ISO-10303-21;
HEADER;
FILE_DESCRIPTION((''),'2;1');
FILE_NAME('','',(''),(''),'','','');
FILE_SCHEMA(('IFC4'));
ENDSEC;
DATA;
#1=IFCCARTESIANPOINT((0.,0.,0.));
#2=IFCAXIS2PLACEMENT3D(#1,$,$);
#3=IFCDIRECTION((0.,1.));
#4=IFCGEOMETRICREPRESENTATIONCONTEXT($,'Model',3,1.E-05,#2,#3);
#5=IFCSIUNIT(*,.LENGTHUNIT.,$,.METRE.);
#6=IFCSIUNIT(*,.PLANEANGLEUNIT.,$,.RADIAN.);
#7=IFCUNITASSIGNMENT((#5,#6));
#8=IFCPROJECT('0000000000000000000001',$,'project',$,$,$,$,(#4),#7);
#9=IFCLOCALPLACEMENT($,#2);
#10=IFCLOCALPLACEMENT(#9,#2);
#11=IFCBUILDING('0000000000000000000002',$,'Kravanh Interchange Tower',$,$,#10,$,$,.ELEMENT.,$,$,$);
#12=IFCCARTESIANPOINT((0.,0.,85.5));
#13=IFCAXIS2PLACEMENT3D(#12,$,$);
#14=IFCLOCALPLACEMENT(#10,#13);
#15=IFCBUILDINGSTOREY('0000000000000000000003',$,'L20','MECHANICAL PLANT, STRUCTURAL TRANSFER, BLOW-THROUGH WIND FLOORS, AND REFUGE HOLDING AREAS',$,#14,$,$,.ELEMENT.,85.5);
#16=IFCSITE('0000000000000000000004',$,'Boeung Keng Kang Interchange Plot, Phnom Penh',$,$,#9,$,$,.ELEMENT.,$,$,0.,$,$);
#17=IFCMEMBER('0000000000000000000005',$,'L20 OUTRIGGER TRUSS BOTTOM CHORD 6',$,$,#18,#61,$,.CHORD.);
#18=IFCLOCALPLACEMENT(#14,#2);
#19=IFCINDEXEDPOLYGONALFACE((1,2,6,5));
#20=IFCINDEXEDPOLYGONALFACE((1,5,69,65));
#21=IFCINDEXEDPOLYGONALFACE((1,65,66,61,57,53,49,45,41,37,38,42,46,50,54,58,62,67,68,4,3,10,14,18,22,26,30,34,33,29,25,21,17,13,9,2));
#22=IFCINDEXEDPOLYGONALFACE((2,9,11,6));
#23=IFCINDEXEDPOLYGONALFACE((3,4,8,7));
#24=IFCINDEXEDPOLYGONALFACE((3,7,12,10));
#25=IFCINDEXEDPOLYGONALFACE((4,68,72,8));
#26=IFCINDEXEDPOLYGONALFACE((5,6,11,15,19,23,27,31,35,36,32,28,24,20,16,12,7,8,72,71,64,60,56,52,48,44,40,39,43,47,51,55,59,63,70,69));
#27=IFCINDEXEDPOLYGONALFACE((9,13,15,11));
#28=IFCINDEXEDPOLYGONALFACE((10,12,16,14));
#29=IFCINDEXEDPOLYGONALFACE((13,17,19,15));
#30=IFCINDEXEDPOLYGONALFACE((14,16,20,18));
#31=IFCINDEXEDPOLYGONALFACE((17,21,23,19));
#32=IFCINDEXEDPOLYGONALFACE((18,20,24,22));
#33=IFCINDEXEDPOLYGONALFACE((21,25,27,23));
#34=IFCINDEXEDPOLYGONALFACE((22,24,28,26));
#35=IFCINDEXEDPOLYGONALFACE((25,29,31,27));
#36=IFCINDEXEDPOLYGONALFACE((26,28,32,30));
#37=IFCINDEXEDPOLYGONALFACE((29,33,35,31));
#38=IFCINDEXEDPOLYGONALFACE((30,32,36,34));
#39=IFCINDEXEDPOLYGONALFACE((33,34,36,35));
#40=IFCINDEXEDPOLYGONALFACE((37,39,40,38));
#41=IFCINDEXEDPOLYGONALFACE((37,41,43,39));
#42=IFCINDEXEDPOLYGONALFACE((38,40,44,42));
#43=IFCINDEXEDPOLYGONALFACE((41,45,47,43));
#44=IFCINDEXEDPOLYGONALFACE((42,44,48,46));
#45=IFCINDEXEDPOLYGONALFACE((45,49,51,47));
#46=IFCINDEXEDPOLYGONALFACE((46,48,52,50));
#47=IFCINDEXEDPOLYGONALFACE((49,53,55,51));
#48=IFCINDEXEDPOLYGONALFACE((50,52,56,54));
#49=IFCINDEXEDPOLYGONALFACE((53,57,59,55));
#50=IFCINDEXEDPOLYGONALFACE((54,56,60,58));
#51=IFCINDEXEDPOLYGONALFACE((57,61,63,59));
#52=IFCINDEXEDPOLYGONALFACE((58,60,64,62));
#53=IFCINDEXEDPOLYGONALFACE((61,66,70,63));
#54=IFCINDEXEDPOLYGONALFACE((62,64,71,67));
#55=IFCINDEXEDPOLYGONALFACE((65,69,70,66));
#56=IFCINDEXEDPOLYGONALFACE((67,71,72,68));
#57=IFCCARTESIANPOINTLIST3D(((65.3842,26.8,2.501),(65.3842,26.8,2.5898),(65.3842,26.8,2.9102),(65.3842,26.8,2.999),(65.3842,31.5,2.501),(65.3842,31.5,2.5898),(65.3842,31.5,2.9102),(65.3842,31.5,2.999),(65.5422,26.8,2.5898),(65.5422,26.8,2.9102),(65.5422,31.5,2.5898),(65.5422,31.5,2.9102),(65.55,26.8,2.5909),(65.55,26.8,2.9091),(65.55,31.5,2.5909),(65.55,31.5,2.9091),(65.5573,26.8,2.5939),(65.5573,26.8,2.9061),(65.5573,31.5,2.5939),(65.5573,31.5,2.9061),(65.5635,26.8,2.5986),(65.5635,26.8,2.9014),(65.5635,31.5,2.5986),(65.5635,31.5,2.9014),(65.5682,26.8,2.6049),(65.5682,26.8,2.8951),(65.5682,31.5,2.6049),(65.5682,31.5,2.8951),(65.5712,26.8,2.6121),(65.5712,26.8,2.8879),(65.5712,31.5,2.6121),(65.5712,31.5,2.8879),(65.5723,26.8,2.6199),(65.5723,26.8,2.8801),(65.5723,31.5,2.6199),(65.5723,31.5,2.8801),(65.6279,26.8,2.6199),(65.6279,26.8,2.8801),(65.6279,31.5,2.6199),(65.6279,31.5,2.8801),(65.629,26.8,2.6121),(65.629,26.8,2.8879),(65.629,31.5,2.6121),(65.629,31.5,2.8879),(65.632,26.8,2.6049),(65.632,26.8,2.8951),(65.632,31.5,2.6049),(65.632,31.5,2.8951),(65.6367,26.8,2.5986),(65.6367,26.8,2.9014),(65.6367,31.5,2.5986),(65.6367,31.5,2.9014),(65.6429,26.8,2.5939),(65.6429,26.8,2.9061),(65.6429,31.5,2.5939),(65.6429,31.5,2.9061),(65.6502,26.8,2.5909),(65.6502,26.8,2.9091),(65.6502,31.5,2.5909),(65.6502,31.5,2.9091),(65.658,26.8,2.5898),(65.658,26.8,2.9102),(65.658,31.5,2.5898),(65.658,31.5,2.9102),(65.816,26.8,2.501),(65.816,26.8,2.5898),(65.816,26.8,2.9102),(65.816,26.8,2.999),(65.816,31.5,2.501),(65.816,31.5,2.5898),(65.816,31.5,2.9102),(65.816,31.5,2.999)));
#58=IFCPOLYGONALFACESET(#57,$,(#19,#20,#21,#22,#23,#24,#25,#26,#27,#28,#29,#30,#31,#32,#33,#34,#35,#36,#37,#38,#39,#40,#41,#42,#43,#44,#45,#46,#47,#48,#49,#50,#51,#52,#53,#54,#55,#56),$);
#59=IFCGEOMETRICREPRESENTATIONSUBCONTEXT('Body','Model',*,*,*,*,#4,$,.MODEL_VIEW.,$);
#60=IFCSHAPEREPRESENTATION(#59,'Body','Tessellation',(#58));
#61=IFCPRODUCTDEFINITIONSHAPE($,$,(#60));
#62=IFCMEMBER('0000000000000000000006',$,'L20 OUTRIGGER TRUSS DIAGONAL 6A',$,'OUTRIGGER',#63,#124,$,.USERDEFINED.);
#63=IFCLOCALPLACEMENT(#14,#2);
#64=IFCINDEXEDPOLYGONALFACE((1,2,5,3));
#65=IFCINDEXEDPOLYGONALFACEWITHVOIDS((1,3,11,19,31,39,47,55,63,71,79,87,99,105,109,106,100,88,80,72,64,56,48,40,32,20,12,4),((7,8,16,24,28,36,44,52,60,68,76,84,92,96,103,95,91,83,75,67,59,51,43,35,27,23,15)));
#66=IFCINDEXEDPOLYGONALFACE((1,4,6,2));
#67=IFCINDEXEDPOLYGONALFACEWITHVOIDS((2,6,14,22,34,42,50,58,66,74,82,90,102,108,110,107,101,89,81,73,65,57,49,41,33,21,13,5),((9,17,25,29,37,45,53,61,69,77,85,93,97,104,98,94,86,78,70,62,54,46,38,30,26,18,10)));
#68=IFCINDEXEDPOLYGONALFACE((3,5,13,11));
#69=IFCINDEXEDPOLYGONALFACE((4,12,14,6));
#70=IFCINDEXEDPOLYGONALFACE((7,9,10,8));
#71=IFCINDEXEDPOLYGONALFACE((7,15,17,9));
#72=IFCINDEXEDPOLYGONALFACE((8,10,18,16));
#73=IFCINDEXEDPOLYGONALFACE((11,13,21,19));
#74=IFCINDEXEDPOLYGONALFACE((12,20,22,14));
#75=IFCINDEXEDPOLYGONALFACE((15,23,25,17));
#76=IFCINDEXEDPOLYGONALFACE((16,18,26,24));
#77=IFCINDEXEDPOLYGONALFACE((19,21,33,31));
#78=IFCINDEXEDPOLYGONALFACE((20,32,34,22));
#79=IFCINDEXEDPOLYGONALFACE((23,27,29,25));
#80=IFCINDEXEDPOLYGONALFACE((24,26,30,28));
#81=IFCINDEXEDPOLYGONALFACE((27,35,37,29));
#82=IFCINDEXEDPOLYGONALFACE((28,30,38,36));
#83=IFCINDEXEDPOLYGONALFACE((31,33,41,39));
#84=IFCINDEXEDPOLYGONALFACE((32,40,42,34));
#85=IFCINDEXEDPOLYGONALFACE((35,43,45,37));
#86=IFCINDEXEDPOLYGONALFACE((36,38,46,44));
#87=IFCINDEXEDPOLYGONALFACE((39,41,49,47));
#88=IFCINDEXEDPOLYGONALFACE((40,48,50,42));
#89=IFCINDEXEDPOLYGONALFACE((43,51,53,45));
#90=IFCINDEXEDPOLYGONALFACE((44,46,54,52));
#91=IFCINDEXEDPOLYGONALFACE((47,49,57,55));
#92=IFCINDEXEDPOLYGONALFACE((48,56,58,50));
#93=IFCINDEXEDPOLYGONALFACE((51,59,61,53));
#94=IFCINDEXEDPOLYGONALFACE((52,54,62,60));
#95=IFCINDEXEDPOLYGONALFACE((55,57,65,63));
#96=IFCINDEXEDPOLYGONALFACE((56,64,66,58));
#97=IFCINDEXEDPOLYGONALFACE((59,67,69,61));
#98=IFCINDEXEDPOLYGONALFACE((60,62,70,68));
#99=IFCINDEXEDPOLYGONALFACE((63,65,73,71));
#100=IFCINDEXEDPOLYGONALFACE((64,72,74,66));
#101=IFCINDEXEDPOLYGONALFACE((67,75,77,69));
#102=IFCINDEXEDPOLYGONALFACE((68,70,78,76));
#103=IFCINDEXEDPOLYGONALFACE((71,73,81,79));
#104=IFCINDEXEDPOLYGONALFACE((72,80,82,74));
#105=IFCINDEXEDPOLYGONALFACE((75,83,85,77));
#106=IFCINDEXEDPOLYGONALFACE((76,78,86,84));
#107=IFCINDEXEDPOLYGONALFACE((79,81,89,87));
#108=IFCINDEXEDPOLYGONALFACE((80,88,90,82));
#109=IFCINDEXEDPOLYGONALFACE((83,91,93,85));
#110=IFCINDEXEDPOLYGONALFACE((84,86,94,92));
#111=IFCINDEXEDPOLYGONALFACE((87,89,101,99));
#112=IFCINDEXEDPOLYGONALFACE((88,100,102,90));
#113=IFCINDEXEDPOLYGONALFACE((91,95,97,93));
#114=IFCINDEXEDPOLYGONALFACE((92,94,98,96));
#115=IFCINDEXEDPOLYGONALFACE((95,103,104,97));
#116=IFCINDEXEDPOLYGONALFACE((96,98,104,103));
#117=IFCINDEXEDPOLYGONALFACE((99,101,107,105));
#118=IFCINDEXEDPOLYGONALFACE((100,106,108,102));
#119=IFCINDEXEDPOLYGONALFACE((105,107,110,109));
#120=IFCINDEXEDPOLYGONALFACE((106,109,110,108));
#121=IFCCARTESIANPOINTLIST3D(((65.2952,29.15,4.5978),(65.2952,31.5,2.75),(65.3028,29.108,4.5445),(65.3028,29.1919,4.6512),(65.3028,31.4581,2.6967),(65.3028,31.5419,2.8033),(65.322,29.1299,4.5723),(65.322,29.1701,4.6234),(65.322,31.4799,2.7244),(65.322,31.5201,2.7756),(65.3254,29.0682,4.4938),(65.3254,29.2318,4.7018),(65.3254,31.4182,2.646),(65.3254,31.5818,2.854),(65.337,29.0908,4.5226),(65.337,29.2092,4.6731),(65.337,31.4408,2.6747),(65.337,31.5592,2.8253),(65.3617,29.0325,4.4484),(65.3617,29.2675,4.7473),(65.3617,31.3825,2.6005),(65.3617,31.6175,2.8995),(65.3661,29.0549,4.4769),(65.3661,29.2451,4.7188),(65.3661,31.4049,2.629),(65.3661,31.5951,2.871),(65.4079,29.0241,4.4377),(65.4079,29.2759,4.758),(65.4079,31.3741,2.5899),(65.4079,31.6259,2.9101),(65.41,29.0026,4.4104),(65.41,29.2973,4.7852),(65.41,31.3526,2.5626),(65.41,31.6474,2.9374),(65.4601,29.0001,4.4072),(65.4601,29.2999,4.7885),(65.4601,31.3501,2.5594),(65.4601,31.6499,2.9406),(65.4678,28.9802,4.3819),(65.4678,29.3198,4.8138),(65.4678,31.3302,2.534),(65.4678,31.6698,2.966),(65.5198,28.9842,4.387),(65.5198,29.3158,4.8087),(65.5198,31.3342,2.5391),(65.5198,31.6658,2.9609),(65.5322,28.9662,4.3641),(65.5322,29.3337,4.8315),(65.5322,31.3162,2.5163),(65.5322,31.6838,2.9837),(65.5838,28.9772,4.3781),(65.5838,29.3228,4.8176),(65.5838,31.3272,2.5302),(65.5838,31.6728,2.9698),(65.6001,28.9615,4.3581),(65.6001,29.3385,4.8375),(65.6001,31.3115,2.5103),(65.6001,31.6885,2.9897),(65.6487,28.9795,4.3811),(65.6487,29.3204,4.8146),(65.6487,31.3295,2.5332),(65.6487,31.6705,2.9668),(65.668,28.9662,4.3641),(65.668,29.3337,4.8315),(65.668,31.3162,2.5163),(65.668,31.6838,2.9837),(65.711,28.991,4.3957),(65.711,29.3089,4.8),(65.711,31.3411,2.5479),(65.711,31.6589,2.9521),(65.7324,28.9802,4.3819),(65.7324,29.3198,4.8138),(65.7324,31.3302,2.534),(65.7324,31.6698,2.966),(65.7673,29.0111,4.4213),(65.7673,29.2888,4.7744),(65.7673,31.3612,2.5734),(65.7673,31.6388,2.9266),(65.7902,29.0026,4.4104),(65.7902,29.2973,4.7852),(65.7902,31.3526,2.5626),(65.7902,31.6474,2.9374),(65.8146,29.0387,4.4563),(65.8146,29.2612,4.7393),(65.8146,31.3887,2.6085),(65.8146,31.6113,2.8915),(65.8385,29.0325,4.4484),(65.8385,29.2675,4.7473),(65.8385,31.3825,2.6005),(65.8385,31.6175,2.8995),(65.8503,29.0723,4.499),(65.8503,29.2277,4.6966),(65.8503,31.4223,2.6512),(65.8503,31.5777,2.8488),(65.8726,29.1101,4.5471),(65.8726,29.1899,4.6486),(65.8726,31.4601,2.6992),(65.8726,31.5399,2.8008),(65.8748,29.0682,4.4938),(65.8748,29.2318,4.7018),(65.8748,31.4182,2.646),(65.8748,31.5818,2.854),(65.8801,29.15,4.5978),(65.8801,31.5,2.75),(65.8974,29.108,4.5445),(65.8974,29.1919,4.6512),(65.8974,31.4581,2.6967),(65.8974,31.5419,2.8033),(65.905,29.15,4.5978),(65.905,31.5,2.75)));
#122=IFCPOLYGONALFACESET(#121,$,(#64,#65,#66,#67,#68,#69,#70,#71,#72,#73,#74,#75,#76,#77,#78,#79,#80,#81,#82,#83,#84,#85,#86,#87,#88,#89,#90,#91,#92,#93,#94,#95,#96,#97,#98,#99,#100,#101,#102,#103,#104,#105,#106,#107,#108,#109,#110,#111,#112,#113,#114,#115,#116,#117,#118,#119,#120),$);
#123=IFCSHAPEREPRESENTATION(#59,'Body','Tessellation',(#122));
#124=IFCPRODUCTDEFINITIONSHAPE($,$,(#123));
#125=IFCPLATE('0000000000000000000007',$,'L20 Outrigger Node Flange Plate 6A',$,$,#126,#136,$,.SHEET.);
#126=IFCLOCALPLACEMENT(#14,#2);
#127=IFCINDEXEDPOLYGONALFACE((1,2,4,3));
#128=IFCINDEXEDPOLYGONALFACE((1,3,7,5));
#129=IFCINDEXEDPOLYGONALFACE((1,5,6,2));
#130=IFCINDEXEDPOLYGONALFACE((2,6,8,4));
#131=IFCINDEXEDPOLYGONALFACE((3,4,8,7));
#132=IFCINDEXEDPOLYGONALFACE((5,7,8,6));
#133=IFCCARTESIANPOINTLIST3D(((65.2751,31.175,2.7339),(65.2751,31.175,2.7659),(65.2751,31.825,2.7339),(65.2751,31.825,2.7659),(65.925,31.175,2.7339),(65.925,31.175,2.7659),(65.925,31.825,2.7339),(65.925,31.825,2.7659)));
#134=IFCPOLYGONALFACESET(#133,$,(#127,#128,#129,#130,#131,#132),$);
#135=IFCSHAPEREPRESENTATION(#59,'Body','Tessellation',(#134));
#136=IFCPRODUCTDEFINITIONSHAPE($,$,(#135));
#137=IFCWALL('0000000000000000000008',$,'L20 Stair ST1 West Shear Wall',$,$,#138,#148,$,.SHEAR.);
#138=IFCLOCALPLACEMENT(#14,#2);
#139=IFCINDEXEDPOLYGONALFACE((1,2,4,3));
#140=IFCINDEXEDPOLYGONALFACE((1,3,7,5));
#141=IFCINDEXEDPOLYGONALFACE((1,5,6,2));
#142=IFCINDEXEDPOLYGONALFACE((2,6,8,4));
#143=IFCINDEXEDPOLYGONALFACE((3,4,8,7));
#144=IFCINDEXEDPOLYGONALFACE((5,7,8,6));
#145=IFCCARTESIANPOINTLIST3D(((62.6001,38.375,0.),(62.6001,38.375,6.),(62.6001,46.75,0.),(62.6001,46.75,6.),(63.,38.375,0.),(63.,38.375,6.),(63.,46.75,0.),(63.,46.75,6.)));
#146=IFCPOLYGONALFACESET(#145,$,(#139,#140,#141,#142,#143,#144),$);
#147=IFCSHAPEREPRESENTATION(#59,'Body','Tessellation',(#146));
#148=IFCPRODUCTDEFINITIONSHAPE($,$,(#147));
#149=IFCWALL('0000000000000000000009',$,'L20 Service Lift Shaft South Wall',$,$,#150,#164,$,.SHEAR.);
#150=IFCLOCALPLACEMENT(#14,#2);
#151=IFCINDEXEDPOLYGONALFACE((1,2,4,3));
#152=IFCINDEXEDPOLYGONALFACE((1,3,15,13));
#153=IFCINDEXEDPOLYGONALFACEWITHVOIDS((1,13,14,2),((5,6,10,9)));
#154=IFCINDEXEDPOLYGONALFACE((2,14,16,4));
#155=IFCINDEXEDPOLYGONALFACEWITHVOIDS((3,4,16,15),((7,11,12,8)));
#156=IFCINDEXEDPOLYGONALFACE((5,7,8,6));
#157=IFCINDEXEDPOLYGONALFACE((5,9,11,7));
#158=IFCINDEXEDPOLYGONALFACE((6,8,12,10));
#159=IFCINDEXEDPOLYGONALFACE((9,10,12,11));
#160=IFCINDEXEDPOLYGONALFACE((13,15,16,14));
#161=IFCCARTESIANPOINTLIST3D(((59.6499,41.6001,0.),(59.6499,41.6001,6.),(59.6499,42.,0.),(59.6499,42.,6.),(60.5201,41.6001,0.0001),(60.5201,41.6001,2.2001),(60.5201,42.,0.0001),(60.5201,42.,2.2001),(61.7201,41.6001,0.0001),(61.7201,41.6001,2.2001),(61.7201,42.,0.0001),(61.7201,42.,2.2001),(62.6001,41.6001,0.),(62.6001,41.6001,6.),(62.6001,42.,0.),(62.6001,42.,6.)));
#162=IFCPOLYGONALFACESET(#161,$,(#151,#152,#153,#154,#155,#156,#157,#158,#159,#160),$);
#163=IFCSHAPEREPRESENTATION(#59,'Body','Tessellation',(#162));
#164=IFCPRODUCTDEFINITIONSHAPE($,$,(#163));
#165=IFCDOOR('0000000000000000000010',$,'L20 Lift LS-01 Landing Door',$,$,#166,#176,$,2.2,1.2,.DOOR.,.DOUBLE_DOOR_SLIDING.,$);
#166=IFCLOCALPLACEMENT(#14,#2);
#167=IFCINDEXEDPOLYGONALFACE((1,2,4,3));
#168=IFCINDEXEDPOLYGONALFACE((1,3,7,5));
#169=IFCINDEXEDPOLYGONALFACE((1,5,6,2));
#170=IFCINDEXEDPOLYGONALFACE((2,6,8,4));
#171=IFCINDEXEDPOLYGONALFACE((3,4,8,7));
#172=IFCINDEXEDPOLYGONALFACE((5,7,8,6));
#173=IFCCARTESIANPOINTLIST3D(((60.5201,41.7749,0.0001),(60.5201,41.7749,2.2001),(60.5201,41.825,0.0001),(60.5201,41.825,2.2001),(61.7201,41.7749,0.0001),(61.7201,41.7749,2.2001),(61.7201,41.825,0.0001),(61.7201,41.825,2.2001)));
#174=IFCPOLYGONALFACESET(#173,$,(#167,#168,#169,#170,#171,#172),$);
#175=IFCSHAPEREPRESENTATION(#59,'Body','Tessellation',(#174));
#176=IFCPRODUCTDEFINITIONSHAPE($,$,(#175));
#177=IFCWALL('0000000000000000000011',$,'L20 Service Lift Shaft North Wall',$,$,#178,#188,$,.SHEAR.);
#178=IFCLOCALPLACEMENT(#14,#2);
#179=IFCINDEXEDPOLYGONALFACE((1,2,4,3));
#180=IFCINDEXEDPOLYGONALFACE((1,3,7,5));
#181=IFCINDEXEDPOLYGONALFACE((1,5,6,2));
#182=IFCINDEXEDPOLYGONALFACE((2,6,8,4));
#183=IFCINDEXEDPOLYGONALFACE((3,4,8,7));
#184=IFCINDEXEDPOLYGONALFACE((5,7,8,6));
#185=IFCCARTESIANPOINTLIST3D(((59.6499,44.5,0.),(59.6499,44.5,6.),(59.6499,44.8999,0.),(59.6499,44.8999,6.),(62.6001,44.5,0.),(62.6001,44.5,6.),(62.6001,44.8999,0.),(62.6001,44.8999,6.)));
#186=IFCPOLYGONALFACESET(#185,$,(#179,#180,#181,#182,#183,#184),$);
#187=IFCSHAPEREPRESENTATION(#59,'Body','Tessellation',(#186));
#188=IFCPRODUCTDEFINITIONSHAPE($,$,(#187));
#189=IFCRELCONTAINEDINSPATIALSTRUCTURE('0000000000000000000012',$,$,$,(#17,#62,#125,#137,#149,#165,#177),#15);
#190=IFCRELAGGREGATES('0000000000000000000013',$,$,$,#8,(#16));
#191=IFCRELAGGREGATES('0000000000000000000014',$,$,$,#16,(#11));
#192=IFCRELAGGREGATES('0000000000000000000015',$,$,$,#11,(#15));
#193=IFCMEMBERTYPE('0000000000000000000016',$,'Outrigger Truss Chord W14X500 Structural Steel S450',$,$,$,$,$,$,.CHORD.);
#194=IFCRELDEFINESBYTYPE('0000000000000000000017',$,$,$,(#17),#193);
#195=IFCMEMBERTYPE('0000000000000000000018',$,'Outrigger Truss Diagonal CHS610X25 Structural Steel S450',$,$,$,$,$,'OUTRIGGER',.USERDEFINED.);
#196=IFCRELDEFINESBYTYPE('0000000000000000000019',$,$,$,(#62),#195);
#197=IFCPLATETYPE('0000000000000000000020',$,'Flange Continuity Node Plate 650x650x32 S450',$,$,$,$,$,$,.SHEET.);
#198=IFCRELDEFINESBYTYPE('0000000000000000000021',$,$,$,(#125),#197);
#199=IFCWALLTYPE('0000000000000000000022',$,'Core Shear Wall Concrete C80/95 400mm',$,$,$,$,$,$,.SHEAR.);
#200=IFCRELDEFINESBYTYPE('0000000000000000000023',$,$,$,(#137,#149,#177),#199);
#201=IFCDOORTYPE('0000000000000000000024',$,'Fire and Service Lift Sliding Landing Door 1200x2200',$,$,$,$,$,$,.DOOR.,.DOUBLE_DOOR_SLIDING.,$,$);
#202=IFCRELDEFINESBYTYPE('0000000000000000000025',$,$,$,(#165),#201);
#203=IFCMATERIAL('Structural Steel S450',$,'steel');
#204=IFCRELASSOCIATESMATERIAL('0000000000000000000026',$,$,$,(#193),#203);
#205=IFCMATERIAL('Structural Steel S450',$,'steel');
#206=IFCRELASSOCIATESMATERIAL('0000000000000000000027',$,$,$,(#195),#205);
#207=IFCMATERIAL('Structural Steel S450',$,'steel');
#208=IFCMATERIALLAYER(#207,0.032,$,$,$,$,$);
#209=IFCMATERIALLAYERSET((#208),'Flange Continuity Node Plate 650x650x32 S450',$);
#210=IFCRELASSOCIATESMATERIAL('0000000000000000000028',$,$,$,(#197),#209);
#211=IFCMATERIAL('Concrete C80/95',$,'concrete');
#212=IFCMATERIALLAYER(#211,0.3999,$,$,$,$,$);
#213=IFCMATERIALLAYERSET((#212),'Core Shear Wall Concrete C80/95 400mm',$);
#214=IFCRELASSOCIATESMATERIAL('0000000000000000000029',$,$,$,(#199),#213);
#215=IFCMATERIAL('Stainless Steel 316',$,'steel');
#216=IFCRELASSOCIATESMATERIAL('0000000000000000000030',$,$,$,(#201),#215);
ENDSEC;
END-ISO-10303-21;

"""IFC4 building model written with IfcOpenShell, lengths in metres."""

from ifc_helpers import new_model, si_unit, direction, frame, frame_2d, origin, origin_2d, place, context, subcontext, project, spatial, rectangle, hollow_circle, i_section, extrude, material, layer, layer_set, material_profile, profile_set, type_object, element, fill, save


model = new_model("IFC4")

# Units and contexts
model_context = context("Model", 3, precision=1e-05, world=origin(), true_north=direction((0.0, 1.0)))
body_context = subcontext(model_context, "Body", "Model", "MODEL_VIEW")
ifc_project = project(units=[si_unit("LENGTHUNIT", "METRE"), si_unit("PLANEANGLEUNIT", "RADIAN")], contexts=[model_context])

# Site, building, storey
site_placement = place(None, origin())
site = spatial("IfcSite", under=ifc_project, at=site_placement, Name="Boeung Keng Kang Interchange Plot, Phnom Penh", CompositionType="ELEMENT", RefElevation=0.0)
building_placement = place(site_placement, origin())
building = spatial("IfcBuilding", under=site, at=building_placement, Name="Kravanh Interchange Tower", CompositionType="ELEMENT")
storey_placement = place(building_placement, frame((0.0, 0.0, 85.5)))
storey = spatial("IfcBuildingStorey", under=building, at=storey_placement, Name="L20", Description="MECHANICAL PLANT, STRUCTURAL TRANSFER, BLOW-THROUGH WIND FLOORS, AND REFUGE HOLDING AREAS", CompositionType="ELEMENT", Elevation=85.5)

# Members
ifc_material_1 = material(Name="Structural Steel S450", Category="steel")
ifc_material_profile_1 = material_profile(ifc_material_1, i_section(OverallWidth=0.4319, OverallDepth=0.498, WebThickness=0.0557, FlangeThickness=0.0889, FilletRadius=0.03, at=origin_2d()), Name="W14X500")
ifc_profile_set_1 = profile_set([ifc_material_profile_1], Name="Structural Steel S450")
member_type_1 = type_object("IfcMemberType", Name="Outrigger Truss Chord W14X500 Structural Steel S450", PredefinedType="CHORD", material=ifc_profile_set_1)
member_1_placement = place(storey_placement, frame((65.6001, 31.5, 2.75), z_axis=(0.0, -1.0, 0.0), x_axis=(1.0, 0.0, 0.0)))
element("IfcMember", 1, at=member_1_placement, inside=storey, type_object=member_type_1, Name="L20 OUTRIGGER TRUSS BOTTOM CHORD 6", PredefinedType="CHORD", context=body_context, shape_type="SweptSolid", body=[
    extrude(i_section(OverallWidth=0.4319, OverallDepth=0.498, WebThickness=0.0557, FlangeThickness=0.0889, FilletRadius=0.03, at=origin_2d()), origin(), (0.0, 0.0, 1.0), 4.7),
])
ifc_material_2 = material(Name="Structural Steel S450", Category="steel")
ifc_material_profile_2 = material_profile(ifc_material_2, hollow_circle(Radius=0.3049, WallThickness=0.0249, at=origin_2d()), Name="CHS610X25")
ifc_profile_set_2 = profile_set([ifc_material_profile_2], Name="Structural Steel S450")
member_type_2 = type_object("IfcMemberType", Name="Outrigger Truss Diagonal CHS610X25 Structural Steel S450", ElementType="OUTRIGGER", PredefinedType="USERDEFINED", material=ifc_profile_set_2)
member_2_placement = place(storey_placement, frame((65.6001, 31.5, 2.75), z_axis=(0.0, -0.786092, 0.61811), x_axis=(1.0, 0.0, 0.0)))
element("IfcMember", 2, at=member_2_placement, inside=storey, type_object=member_type_2, Name="L20 OUTRIGGER TRUSS DIAGONAL 6A", ObjectType="OUTRIGGER", PredefinedType="USERDEFINED", context=body_context, shape_type="SweptSolid", body=[
    extrude(hollow_circle(Radius=0.3049, WallThickness=0.0249, at=origin_2d()), origin(), (0.0, 0.0, 1.0), 2.9895),
])

# Plate
ifc_material_3 = material(Name="Structural Steel S450", Category="steel")
ifc_layer_1 = layer(ifc_material_3, 0.032)
ifc_layer_set_1 = layer_set([ifc_layer_1], Name="Flange Continuity Node Plate 650x650x32 S450")
plate_type = type_object("IfcPlateType", Name="Flange Continuity Node Plate 650x650x32 S450", PredefinedType="SHEET", material=ifc_layer_set_1)
plate_placement = place(storey_placement, frame((65.6001, 31.5, 2.7339), z_axis=(0.0, 0.0, 1.0), x_axis=(1.0, 0.0, 0.0)))
element("IfcPlate", 3, at=plate_placement, inside=storey, type_object=plate_type, Name="L20 Outrigger Node Flange Plate 6A", PredefinedType="SHEET", context=body_context, shape_type="SweptSolid", body=[
    extrude(rectangle(XDim=0.6499, YDim=0.6499, at=origin_2d()), origin(), (0.0, 0.0, 1.0), 0.032),
])

# Wall
ifc_material_4 = material(Name="Concrete C80/95", Category="concrete")
ifc_layer_2 = layer(ifc_material_4, 0.3999)
ifc_layer_set_2 = layer_set([ifc_layer_2], Name="Core Shear Wall Concrete C80/95 400mm")
wall_type_1 = type_object("IfcWallType", Name="Core Shear Wall Concrete C80/95 400mm", PredefinedType="SHEAR", material=ifc_layer_set_2)
wall_1_placement = place(storey_placement, frame((62.8, 38.375, 0.0), z_axis=(0.0, 0.0, 1.0), x_axis=(0.0, 1.0, 0.0)))
element("IfcWall", 4, at=wall_1_placement, inside=storey, type_object=wall_type_1, Name="L20 Stair ST1 West Shear Wall", PredefinedType="SHEAR", context=body_context, shape_type="SweptSolid", body=[
    extrude(rectangle(XDim=8.375, YDim=0.3999, at=frame_2d((4.1875, 0.0))), origin(), (0.0, 0.0, 1.0), 6.0),
])

# Wall, opening, door
wall_2_placement = place(storey_placement, frame((59.6499, 41.8, 0.0), z_axis=(0.0, 0.0, 1.0), x_axis=(1.0, 0.0, 0.0)))
wall_2 = element("IfcWall", 5, at=wall_2_placement, inside=storey, type_object=wall_type_1, Name="L20 Service Lift Shaft South Wall", PredefinedType="SHEAR", context=body_context, shape_type="SweptSolid", body=[
    extrude(rectangle(XDim=2.9502, YDim=0.3999, at=frame_2d((1.4751, 0.0))), origin(), (0.0, 0.0, 1.0), 6.0),
])
opening_placement = place(wall_2_placement, frame((0.8701, 0.0, 0.0)))
opening = element("IfcOpeningElement", 6, at=opening_placement, cuts=wall_2, PredefinedType="OPENING", context=body_context, shape_type="SweptSolid", body=[
    extrude(rectangle(XDim=1.2, YDim=2.2, at=frame_2d((0.6001, 1.1001))), frame((0.0, 0.21, 0.0), z_axis=(0.0, -1.0, 0.0), x_axis=(1.0, 0.0, 0.0)), (0.0, 0.0, 1.0), 0.4199),
])
ifc_material_5 = material(Name="Stainless Steel 316", Category="steel")
door_type = type_object("IfcDoorType", Name="Fire and Service Lift Sliding Landing Door 1200x2200", OperationType="DOUBLE_DOOR_SLIDING", PredefinedType="DOOR", material=ifc_material_5)
door_placement = place(opening_placement, origin())
door = element("IfcDoor", 7, at=door_placement, inside=storey, type_object=door_type, Name="L20 Lift LS-01 Landing Door", OperationType="DOUBLE_DOOR_SLIDING", OverallHeight=2.2, OverallWidth=1.2, PredefinedType="DOOR", context=body_context, shape_type="SweptSolid", body=[
    extrude(rectangle(XDim=1.2, YDim=2.2, at=frame_2d((0.6001, 1.1001))), frame((0.0, 0.0249, 0.0), z_axis=(0.0, -1.0, 0.0), x_axis=(1.0, 0.0, 0.0)), (0.0, 0.0, 1.0), 0.05),
])
fill(opening, door)

# Wall
wall_3_placement = place(storey_placement, frame((59.6499, 44.7, 0.0), z_axis=(0.0, 0.0, 1.0), x_axis=(1.0, 0.0, 0.0)))
element("IfcWall", 8, at=wall_3_placement, inside=storey, type_object=wall_type_1, Name="L20 Service Lift Shaft North Wall", PredefinedType="SHEAR", context=body_context, shape_type="SweptSolid", body=[
    extrude(rectangle(XDim=2.9502, YDim=0.3999, at=frame_2d((1.4751, 0.0))), origin(), (0.0, 0.0, 1.0), 6.0),
])

save(model, "model.ifc")
